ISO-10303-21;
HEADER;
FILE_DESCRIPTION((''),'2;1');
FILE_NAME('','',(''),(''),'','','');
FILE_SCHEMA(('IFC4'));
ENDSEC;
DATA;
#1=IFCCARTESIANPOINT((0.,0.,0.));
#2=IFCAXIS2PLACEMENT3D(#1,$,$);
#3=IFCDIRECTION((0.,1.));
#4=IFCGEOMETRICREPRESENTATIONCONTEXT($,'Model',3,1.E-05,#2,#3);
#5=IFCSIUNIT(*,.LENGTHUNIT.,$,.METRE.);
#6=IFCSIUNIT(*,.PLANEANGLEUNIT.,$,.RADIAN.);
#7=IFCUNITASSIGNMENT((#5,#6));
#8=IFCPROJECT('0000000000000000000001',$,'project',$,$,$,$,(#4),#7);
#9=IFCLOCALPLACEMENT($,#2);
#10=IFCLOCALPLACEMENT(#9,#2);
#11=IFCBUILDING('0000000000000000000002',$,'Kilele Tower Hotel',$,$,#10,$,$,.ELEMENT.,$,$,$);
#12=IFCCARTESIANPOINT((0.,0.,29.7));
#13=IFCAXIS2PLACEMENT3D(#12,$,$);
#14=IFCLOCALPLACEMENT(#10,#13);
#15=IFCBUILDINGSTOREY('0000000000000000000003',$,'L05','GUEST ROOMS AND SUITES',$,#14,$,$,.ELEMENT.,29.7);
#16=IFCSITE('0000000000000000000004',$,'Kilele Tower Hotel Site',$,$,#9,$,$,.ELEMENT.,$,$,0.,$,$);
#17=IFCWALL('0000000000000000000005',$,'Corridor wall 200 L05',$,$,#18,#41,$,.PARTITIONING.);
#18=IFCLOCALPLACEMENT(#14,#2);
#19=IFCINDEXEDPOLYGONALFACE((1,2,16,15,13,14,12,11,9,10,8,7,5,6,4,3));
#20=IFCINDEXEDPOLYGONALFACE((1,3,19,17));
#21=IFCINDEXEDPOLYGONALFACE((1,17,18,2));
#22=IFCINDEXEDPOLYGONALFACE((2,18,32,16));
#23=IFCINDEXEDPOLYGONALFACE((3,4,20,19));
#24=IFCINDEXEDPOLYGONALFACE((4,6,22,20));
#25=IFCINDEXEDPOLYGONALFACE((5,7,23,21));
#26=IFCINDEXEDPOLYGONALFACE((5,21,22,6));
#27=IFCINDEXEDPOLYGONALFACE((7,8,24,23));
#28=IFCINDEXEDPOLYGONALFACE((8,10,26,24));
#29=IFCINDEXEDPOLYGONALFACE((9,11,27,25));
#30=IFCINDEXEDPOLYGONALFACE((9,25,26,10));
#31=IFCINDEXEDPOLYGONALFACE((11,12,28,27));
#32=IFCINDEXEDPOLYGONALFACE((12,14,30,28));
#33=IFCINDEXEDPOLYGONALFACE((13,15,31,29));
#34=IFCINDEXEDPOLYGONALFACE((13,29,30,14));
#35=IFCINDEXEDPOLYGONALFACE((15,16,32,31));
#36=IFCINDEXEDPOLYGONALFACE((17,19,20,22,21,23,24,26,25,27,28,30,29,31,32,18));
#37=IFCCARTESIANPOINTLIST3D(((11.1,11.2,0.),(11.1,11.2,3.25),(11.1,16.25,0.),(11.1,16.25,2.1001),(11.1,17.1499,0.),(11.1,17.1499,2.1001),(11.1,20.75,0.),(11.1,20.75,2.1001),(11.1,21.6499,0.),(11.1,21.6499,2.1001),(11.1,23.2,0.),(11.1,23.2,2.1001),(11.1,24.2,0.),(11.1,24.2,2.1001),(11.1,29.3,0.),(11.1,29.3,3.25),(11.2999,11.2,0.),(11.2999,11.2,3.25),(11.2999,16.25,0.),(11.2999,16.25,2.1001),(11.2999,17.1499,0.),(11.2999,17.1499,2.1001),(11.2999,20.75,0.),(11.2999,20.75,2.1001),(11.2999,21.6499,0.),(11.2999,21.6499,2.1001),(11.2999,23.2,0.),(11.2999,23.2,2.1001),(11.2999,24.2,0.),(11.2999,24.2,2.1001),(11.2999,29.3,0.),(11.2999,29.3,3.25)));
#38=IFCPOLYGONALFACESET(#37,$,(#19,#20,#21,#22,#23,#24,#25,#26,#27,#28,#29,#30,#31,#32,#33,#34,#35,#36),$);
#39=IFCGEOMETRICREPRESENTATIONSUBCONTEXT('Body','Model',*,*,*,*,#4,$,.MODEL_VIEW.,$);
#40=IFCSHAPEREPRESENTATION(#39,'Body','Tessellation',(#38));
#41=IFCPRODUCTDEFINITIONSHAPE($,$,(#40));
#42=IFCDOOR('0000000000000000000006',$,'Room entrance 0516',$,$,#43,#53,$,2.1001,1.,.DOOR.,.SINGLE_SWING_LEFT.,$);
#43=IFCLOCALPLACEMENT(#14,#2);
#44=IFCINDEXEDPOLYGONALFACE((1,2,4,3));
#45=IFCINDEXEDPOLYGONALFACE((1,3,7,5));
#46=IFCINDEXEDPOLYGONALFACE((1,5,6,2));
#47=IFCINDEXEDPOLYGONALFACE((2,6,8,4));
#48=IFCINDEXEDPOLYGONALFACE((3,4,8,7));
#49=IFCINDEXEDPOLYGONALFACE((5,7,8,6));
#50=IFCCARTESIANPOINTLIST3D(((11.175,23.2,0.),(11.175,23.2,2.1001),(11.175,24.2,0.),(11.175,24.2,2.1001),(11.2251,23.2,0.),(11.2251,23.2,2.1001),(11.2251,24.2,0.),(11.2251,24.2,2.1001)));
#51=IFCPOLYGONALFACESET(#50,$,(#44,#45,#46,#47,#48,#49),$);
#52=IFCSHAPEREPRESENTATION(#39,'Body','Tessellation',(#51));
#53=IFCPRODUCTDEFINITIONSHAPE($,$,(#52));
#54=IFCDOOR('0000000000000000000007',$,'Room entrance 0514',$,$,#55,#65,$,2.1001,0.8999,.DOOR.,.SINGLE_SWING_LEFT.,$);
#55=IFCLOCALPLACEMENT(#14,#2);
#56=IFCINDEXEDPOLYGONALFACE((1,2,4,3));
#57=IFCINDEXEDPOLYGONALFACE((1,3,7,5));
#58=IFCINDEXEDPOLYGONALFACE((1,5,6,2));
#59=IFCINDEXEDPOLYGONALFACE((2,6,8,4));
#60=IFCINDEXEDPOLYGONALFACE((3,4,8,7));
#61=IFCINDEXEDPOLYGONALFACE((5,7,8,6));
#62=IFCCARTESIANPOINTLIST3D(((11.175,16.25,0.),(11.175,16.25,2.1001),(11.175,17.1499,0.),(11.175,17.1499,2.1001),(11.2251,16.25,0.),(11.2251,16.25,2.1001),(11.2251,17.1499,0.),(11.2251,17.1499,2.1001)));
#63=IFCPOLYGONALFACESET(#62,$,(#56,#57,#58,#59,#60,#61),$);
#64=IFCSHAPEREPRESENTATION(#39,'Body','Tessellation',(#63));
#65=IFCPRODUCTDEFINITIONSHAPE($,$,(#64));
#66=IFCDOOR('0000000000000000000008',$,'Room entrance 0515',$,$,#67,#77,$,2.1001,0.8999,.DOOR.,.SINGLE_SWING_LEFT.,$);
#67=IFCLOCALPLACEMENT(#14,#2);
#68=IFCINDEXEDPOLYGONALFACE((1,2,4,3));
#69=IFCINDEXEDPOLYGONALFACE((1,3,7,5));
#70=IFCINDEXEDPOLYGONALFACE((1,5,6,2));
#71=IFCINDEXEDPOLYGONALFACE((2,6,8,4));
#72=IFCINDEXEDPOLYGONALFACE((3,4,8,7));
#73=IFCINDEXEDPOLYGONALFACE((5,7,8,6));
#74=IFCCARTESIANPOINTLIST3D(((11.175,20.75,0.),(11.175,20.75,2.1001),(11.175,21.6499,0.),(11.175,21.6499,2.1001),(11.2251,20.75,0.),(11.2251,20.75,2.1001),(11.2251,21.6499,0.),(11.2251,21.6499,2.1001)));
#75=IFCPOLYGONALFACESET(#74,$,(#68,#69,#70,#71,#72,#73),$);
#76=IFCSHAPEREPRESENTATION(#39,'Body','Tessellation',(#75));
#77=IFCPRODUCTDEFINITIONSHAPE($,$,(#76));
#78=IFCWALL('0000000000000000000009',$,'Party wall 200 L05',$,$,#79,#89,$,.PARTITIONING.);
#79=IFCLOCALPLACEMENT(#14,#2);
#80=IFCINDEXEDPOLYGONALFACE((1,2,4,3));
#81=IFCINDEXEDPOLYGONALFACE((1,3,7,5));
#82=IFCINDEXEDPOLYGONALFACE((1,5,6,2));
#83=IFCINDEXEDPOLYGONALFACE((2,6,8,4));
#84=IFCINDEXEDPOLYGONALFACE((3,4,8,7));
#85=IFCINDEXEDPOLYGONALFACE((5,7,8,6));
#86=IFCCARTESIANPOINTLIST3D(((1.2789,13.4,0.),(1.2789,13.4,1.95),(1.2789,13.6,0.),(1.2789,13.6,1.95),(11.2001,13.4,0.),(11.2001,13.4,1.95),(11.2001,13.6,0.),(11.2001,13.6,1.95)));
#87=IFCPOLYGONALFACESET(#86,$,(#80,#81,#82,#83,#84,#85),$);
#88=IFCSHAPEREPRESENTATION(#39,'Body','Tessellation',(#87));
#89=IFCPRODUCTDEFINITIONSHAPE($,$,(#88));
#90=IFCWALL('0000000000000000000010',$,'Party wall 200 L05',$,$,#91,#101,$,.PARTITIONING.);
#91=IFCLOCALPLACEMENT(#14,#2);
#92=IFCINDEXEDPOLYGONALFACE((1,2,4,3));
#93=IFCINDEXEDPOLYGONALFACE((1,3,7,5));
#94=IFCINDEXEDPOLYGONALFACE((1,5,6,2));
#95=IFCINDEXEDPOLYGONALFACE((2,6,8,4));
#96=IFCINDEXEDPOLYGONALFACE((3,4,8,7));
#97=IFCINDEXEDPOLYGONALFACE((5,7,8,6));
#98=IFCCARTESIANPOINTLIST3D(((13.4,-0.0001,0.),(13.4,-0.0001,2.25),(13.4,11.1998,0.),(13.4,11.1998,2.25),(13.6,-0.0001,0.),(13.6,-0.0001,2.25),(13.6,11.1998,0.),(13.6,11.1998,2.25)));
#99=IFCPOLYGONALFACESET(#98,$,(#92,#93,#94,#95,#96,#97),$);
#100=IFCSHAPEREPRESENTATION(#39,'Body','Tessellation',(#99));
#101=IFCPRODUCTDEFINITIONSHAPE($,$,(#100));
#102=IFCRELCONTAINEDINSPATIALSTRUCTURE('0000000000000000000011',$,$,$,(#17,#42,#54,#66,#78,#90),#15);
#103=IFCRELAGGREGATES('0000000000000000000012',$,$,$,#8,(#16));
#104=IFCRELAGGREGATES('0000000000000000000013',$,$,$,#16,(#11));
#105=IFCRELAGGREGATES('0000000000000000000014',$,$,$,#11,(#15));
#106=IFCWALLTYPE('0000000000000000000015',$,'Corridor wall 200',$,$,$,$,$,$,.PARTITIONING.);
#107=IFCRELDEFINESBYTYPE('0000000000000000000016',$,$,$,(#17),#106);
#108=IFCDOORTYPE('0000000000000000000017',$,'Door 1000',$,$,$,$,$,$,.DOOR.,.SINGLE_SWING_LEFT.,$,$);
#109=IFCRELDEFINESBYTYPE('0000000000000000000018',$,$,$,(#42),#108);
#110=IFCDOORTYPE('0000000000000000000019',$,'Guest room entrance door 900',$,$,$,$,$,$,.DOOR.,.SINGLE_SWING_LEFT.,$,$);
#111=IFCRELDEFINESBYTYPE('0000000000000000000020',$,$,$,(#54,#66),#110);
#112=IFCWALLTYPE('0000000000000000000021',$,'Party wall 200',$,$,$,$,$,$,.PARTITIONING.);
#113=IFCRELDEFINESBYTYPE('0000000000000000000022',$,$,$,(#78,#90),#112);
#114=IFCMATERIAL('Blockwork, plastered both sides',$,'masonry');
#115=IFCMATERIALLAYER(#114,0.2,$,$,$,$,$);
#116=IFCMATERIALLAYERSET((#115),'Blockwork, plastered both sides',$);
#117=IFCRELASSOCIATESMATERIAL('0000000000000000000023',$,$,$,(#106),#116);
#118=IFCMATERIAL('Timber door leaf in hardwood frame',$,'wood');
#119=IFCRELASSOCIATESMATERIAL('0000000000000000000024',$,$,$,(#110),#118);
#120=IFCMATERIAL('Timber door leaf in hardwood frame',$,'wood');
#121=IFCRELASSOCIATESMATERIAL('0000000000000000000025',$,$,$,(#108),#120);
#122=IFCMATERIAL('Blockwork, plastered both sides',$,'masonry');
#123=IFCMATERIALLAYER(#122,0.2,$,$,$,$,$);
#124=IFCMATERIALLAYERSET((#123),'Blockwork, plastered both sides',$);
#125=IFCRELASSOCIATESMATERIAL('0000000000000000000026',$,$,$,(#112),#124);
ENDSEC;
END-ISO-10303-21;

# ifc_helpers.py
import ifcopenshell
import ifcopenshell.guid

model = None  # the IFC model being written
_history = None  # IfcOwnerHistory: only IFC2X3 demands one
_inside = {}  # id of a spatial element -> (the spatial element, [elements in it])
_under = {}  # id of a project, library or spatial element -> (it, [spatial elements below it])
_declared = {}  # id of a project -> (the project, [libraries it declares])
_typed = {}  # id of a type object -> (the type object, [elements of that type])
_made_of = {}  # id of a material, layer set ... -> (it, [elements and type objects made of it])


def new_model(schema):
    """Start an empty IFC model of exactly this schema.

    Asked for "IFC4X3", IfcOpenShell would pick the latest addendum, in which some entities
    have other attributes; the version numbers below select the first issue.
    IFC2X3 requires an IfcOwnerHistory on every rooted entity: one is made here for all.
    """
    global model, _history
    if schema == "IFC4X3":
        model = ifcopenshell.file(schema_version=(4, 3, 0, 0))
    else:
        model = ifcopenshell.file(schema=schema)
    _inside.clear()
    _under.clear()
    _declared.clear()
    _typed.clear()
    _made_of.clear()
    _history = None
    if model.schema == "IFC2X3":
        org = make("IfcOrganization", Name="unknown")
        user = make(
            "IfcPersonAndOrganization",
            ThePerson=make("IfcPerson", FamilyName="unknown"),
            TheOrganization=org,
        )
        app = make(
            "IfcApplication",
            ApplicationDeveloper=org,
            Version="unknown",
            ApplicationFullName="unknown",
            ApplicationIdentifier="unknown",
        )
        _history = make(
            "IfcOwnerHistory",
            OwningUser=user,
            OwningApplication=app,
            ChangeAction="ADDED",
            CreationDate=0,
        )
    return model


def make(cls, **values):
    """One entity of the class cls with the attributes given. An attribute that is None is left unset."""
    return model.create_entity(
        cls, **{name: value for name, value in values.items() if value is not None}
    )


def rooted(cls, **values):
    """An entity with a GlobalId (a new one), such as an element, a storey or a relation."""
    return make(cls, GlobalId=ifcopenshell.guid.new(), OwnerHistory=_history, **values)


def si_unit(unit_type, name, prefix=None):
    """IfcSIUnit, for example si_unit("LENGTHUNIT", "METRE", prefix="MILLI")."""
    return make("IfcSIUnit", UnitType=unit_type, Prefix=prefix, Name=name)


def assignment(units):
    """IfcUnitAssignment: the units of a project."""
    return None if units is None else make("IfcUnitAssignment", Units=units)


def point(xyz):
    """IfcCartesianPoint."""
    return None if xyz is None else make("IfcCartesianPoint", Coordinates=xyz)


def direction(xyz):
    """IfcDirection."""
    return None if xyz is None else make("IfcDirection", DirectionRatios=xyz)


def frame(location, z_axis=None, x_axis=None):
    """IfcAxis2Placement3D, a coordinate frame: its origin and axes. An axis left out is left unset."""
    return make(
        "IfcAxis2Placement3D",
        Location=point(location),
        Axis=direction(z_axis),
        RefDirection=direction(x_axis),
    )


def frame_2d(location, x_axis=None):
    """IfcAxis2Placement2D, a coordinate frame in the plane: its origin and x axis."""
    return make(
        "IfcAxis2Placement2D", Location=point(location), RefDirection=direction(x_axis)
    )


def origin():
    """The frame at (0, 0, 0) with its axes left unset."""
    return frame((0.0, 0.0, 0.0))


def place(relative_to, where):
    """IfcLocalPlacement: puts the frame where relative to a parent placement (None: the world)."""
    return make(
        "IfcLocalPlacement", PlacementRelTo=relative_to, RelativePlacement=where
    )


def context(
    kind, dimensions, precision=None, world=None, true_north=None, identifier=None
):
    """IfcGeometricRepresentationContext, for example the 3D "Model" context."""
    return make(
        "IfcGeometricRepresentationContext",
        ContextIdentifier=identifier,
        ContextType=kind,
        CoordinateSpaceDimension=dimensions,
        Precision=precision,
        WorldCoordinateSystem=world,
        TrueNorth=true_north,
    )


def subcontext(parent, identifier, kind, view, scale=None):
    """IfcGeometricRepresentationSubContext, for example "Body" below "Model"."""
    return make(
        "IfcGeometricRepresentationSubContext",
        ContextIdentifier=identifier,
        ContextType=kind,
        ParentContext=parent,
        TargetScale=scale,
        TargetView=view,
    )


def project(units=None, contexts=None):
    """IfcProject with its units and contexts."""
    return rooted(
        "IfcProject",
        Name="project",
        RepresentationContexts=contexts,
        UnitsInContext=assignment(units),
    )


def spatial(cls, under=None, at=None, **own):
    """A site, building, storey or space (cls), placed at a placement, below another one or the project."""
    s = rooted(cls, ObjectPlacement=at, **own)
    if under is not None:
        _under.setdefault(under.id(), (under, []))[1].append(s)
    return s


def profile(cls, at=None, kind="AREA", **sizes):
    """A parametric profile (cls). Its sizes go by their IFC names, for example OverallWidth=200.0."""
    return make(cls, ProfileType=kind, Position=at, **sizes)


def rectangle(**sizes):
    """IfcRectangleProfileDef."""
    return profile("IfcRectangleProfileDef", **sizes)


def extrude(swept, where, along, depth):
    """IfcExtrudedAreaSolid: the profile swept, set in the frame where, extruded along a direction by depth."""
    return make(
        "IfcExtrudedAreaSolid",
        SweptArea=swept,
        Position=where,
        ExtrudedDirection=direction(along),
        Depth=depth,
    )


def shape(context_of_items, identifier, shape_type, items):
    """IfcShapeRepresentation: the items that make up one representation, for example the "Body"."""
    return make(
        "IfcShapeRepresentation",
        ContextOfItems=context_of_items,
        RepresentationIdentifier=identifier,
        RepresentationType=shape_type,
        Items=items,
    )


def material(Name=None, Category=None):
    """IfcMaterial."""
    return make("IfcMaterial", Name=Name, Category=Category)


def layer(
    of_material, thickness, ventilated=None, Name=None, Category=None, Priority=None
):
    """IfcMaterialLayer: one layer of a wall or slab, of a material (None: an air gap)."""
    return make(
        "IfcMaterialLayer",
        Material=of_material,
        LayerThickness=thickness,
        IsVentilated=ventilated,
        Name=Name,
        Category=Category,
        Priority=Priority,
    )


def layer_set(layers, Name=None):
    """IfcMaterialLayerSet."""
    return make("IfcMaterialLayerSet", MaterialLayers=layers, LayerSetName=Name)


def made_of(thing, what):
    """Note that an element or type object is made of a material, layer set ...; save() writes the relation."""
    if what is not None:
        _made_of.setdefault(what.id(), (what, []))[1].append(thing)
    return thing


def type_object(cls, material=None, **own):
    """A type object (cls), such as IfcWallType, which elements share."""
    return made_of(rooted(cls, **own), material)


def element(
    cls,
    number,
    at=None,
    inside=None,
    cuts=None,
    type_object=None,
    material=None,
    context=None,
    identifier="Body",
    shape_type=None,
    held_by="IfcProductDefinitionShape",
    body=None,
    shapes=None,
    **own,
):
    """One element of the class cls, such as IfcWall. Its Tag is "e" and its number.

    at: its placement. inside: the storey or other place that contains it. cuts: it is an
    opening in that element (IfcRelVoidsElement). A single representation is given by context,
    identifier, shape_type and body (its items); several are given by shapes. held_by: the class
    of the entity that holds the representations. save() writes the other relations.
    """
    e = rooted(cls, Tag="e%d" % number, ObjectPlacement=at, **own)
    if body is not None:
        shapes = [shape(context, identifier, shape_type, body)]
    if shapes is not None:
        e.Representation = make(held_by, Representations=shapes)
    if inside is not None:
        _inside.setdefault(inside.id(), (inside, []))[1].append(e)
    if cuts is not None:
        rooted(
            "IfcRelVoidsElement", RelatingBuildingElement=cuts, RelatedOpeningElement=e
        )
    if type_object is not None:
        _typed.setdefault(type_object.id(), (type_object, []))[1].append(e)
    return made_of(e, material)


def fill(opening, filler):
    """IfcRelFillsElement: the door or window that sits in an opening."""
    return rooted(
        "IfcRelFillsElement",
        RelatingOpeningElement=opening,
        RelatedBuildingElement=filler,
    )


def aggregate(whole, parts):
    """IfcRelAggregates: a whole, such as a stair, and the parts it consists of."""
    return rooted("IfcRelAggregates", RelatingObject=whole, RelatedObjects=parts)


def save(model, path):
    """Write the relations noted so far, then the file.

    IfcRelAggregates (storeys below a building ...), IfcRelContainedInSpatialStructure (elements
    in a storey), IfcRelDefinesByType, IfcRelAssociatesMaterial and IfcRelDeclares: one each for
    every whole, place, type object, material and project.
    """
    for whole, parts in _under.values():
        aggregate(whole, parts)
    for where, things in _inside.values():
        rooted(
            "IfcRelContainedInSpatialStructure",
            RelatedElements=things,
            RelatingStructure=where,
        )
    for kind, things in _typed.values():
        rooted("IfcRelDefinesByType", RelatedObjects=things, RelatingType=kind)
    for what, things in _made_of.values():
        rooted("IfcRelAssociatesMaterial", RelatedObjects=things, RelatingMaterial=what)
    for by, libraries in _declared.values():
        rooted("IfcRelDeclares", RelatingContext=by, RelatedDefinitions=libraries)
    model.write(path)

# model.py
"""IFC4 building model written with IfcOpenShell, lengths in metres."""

from ifc_helpers import new_model, si_unit, direction, frame, frame_2d, origin, place, context, subcontext, project, spatial, rectangle, extrude, material, layer, layer_set, type_object, element, fill, save


model = new_model("IFC4")

# Units and contexts
model_context = context("Model", 3, precision=1e-05, world=origin(), true_north=direction((0.0, 1.0)))
body_context = subcontext(model_context, "Body", "Model", "MODEL_VIEW")
ifc_project = project(units=[si_unit("LENGTHUNIT", "METRE"), si_unit("PLANEANGLEUNIT", "RADIAN")], contexts=[model_context])

# Site, building, storey
site_placement = place(None, origin())
site = spatial("IfcSite", under=ifc_project, at=site_placement, Name="Kilele Tower Hotel Site", CompositionType="ELEMENT", RefElevation=0.0)
building_placement = place(site_placement, origin())
building = spatial("IfcBuilding", under=site, at=building_placement, Name="Kilele Tower Hotel", CompositionType="ELEMENT")
storey_placement = place(building_placement, frame((0.0, 0.0, 29.7)))
storey = spatial("IfcBuildingStorey", under=building, at=storey_placement, Name="L05", Description="GUEST ROOMS AND SUITES", CompositionType="ELEMENT", Elevation=29.7)

# Wall, openings, doors
ifc_material_1 = material(Name="Blockwork, plastered both sides", Category="masonry")
ifc_layer_1 = layer(ifc_material_1, 0.2)
ifc_layer_set_1 = layer_set([ifc_layer_1], Name="Blockwork, plastered both sides")
wall_type_1 = type_object("IfcWallType", Name="Corridor wall 200", PredefinedType="PARTITIONING", material=ifc_layer_set_1)
ifc_material_2 = material(Name="Timber door leaf in hardwood frame", Category="wood")
door_type_1 = type_object("IfcDoorType", Name="Guest room entrance door 900", OperationType="SINGLE_SWING_LEFT", PredefinedType="DOOR", material=ifc_material_2)
wall_1_placement = place(storey_placement, frame((11.2, 11.2, 0.0), z_axis=(0.0, 0.0, 1.0), x_axis=(0.0, 1.0, 0.0)))
wall_1 = element("IfcWall", 1, at=wall_1_placement, inside=storey, type_object=wall_type_1, Name="Corridor wall 200 L05", PredefinedType="PARTITIONING", context=body_context, shape_type="SweptSolid", body=[
    extrude(rectangle(XDim=18.1001, YDim=0.2, at=frame_2d((9.05, 0.0))), origin(), (0.0, 0.0, 1.0), 3.25),
])
opening_1_placement = place(wall_1_placement, frame((5.05, 0.0, 0.0)))
opening_1 = element("IfcOpeningElement", 2, at=opening_1_placement, cuts=wall_1, PredefinedType="OPENING", context=body_context, shape_type="SweptSolid", body=[
    extrude(rectangle(XDim=0.8999, YDim=2.1001, at=frame_2d((0.45, 1.05))), frame((0.0, 0.1099, 0.0), z_axis=(0.0, -1.0, 0.0), x_axis=(1.0, 0.0, 0.0)), (0.0, 0.0, 1.0), 0.22),
])
opening_2_placement = place(wall_1_placement, frame((9.55, 0.0, 0.0)))
opening_2 = element("IfcOpeningElement", 3, at=opening_2_placement, cuts=wall_1, PredefinedType="OPENING", context=body_context, shape_type="SweptSolid", body=[
    extrude(rectangle(XDim=0.8999, YDim=2.1001, at=frame_2d((0.45, 1.05))), frame((0.0, 0.1099, 0.0), z_axis=(0.0, -1.0, 0.0), x_axis=(1.0, 0.0, 0.0)), (0.0, 0.0, 1.0), 0.22),
])
opening_3_placement = place(wall_1_placement, frame((12.0, 0.0, 0.0)))
opening_3 = element("IfcOpeningElement", 4, at=opening_3_placement, cuts=wall_1, PredefinedType="OPENING", context=body_context, shape_type="SweptSolid", body=[
    extrude(rectangle(XDim=1.0, YDim=2.1001, at=frame_2d((0.5, 1.05))), frame((0.0, 0.1099, 0.0), z_axis=(0.0, -1.0, 0.0), x_axis=(1.0, 0.0, 0.0)), (0.0, 0.0, 1.0), 0.22),
])
ifc_material_3 = material(Name="Timber door leaf in hardwood frame", Category="wood")
door_type_2 = type_object("IfcDoorType", Name="Door 1000", OperationType="SINGLE_SWING_LEFT", PredefinedType="DOOR", material=ifc_material_3)
door_1_placement = place(opening_3_placement, origin())
door_1 = element("IfcDoor", 5, at=door_1_placement, inside=storey, type_object=door_type_2, Name="Room entrance 0516", OperationType="SINGLE_SWING_LEFT", OverallHeight=2.1001, OverallWidth=1.0, PredefinedType="DOOR", context=body_context, shape_type="SweptSolid", body=[
    extrude(rectangle(XDim=1.0, YDim=2.1001, at=frame_2d((0.5, 1.05))), frame((0.0, 0.0249, 0.0), z_axis=(0.0, -1.0, 0.0), x_axis=(1.0, 0.0, 0.0)), (0.0, 0.0, 1.0), 0.05),
])
fill(opening_3, door_1)
door_2_placement = place(opening_1_placement, origin())
door_2 = element("IfcDoor", 6, at=door_2_placement, inside=storey, type_object=door_type_1, Name="Room entrance 0514", OperationType="SINGLE_SWING_LEFT", OverallHeight=2.1001, OverallWidth=0.8999, PredefinedType="DOOR", context=body_context, shape_type="SweptSolid", body=[
    extrude(rectangle(XDim=0.8999, YDim=2.1001, at=frame_2d((0.45, 1.05))), frame((0.0, 0.0249, 0.0), z_axis=(0.0, -1.0, 0.0), x_axis=(1.0, 0.0, 0.0)), (0.0, 0.0, 1.0), 0.05),
])
fill(opening_1, door_2)
door_3_placement = place(opening_2_placement, origin())
door_3 = element("IfcDoor", 7, at=door_3_placement, inside=storey, type_object=door_type_1, Name="Room entrance 0515", OperationType="SINGLE_SWING_LEFT", OverallHeight=2.1001, OverallWidth=0.8999, PredefinedType="DOOR", context=body_context, shape_type="SweptSolid", body=[
    extrude(rectangle(XDim=0.8999, YDim=2.1001, at=frame_2d((0.45, 1.05))), frame((0.0, 0.0249, 0.0), z_axis=(0.0, -1.0, 0.0), x_axis=(1.0, 0.0, 0.0)), (0.0, 0.0, 1.0), 0.05),
])
fill(opening_2, door_3)

# Walls
ifc_material_4 = material(Name="Blockwork, plastered both sides", Category="masonry")
ifc_layer_2 = layer(ifc_material_4, 0.2)
ifc_layer_set_2 = layer_set([ifc_layer_2], Name="Blockwork, plastered both sides")
wall_type_2 = type_object("IfcWallType", Name="Party wall 200", PredefinedType="PARTITIONING", material=ifc_layer_set_2)
wall_2_placement = place(storey_placement, frame((11.2, 13.5, 0.0), z_axis=(0.0, 0.0, 1.0), x_axis=(-1.0, 0.0, 0.0)))
element("IfcWall", 8, at=wall_2_placement, inside=storey, type_object=wall_type_2, Name="Party wall 200 L05", PredefinedType="PARTITIONING", context=body_context, shape_type="SweptSolid", body=[
    extrude(rectangle(XDim=9.9211, YDim=0.2, at=frame_2d((4.9604, 0.0))), origin(), (0.0, 0.0, 1.0), 1.95),
])
wall_3_placement = place(storey_placement, frame((13.5, 11.2, 0.0), z_axis=(0.0, 0.0, 1.0), x_axis=(0.0, -1.0, 0.0)))
element("IfcWall", 9, at=wall_3_placement, inside=storey, type_object=wall_type_2, Name="Party wall 200 L05", PredefinedType="PARTITIONING", context=body_context, shape_type="SweptSolid", body=[
    extrude(rectangle(XDim=11.2, YDim=0.2, at=frame_2d((5.6001, 0.0))), origin(), (0.0, 0.0, 1.0), 2.25),
])

save(model, "model.ifc")
